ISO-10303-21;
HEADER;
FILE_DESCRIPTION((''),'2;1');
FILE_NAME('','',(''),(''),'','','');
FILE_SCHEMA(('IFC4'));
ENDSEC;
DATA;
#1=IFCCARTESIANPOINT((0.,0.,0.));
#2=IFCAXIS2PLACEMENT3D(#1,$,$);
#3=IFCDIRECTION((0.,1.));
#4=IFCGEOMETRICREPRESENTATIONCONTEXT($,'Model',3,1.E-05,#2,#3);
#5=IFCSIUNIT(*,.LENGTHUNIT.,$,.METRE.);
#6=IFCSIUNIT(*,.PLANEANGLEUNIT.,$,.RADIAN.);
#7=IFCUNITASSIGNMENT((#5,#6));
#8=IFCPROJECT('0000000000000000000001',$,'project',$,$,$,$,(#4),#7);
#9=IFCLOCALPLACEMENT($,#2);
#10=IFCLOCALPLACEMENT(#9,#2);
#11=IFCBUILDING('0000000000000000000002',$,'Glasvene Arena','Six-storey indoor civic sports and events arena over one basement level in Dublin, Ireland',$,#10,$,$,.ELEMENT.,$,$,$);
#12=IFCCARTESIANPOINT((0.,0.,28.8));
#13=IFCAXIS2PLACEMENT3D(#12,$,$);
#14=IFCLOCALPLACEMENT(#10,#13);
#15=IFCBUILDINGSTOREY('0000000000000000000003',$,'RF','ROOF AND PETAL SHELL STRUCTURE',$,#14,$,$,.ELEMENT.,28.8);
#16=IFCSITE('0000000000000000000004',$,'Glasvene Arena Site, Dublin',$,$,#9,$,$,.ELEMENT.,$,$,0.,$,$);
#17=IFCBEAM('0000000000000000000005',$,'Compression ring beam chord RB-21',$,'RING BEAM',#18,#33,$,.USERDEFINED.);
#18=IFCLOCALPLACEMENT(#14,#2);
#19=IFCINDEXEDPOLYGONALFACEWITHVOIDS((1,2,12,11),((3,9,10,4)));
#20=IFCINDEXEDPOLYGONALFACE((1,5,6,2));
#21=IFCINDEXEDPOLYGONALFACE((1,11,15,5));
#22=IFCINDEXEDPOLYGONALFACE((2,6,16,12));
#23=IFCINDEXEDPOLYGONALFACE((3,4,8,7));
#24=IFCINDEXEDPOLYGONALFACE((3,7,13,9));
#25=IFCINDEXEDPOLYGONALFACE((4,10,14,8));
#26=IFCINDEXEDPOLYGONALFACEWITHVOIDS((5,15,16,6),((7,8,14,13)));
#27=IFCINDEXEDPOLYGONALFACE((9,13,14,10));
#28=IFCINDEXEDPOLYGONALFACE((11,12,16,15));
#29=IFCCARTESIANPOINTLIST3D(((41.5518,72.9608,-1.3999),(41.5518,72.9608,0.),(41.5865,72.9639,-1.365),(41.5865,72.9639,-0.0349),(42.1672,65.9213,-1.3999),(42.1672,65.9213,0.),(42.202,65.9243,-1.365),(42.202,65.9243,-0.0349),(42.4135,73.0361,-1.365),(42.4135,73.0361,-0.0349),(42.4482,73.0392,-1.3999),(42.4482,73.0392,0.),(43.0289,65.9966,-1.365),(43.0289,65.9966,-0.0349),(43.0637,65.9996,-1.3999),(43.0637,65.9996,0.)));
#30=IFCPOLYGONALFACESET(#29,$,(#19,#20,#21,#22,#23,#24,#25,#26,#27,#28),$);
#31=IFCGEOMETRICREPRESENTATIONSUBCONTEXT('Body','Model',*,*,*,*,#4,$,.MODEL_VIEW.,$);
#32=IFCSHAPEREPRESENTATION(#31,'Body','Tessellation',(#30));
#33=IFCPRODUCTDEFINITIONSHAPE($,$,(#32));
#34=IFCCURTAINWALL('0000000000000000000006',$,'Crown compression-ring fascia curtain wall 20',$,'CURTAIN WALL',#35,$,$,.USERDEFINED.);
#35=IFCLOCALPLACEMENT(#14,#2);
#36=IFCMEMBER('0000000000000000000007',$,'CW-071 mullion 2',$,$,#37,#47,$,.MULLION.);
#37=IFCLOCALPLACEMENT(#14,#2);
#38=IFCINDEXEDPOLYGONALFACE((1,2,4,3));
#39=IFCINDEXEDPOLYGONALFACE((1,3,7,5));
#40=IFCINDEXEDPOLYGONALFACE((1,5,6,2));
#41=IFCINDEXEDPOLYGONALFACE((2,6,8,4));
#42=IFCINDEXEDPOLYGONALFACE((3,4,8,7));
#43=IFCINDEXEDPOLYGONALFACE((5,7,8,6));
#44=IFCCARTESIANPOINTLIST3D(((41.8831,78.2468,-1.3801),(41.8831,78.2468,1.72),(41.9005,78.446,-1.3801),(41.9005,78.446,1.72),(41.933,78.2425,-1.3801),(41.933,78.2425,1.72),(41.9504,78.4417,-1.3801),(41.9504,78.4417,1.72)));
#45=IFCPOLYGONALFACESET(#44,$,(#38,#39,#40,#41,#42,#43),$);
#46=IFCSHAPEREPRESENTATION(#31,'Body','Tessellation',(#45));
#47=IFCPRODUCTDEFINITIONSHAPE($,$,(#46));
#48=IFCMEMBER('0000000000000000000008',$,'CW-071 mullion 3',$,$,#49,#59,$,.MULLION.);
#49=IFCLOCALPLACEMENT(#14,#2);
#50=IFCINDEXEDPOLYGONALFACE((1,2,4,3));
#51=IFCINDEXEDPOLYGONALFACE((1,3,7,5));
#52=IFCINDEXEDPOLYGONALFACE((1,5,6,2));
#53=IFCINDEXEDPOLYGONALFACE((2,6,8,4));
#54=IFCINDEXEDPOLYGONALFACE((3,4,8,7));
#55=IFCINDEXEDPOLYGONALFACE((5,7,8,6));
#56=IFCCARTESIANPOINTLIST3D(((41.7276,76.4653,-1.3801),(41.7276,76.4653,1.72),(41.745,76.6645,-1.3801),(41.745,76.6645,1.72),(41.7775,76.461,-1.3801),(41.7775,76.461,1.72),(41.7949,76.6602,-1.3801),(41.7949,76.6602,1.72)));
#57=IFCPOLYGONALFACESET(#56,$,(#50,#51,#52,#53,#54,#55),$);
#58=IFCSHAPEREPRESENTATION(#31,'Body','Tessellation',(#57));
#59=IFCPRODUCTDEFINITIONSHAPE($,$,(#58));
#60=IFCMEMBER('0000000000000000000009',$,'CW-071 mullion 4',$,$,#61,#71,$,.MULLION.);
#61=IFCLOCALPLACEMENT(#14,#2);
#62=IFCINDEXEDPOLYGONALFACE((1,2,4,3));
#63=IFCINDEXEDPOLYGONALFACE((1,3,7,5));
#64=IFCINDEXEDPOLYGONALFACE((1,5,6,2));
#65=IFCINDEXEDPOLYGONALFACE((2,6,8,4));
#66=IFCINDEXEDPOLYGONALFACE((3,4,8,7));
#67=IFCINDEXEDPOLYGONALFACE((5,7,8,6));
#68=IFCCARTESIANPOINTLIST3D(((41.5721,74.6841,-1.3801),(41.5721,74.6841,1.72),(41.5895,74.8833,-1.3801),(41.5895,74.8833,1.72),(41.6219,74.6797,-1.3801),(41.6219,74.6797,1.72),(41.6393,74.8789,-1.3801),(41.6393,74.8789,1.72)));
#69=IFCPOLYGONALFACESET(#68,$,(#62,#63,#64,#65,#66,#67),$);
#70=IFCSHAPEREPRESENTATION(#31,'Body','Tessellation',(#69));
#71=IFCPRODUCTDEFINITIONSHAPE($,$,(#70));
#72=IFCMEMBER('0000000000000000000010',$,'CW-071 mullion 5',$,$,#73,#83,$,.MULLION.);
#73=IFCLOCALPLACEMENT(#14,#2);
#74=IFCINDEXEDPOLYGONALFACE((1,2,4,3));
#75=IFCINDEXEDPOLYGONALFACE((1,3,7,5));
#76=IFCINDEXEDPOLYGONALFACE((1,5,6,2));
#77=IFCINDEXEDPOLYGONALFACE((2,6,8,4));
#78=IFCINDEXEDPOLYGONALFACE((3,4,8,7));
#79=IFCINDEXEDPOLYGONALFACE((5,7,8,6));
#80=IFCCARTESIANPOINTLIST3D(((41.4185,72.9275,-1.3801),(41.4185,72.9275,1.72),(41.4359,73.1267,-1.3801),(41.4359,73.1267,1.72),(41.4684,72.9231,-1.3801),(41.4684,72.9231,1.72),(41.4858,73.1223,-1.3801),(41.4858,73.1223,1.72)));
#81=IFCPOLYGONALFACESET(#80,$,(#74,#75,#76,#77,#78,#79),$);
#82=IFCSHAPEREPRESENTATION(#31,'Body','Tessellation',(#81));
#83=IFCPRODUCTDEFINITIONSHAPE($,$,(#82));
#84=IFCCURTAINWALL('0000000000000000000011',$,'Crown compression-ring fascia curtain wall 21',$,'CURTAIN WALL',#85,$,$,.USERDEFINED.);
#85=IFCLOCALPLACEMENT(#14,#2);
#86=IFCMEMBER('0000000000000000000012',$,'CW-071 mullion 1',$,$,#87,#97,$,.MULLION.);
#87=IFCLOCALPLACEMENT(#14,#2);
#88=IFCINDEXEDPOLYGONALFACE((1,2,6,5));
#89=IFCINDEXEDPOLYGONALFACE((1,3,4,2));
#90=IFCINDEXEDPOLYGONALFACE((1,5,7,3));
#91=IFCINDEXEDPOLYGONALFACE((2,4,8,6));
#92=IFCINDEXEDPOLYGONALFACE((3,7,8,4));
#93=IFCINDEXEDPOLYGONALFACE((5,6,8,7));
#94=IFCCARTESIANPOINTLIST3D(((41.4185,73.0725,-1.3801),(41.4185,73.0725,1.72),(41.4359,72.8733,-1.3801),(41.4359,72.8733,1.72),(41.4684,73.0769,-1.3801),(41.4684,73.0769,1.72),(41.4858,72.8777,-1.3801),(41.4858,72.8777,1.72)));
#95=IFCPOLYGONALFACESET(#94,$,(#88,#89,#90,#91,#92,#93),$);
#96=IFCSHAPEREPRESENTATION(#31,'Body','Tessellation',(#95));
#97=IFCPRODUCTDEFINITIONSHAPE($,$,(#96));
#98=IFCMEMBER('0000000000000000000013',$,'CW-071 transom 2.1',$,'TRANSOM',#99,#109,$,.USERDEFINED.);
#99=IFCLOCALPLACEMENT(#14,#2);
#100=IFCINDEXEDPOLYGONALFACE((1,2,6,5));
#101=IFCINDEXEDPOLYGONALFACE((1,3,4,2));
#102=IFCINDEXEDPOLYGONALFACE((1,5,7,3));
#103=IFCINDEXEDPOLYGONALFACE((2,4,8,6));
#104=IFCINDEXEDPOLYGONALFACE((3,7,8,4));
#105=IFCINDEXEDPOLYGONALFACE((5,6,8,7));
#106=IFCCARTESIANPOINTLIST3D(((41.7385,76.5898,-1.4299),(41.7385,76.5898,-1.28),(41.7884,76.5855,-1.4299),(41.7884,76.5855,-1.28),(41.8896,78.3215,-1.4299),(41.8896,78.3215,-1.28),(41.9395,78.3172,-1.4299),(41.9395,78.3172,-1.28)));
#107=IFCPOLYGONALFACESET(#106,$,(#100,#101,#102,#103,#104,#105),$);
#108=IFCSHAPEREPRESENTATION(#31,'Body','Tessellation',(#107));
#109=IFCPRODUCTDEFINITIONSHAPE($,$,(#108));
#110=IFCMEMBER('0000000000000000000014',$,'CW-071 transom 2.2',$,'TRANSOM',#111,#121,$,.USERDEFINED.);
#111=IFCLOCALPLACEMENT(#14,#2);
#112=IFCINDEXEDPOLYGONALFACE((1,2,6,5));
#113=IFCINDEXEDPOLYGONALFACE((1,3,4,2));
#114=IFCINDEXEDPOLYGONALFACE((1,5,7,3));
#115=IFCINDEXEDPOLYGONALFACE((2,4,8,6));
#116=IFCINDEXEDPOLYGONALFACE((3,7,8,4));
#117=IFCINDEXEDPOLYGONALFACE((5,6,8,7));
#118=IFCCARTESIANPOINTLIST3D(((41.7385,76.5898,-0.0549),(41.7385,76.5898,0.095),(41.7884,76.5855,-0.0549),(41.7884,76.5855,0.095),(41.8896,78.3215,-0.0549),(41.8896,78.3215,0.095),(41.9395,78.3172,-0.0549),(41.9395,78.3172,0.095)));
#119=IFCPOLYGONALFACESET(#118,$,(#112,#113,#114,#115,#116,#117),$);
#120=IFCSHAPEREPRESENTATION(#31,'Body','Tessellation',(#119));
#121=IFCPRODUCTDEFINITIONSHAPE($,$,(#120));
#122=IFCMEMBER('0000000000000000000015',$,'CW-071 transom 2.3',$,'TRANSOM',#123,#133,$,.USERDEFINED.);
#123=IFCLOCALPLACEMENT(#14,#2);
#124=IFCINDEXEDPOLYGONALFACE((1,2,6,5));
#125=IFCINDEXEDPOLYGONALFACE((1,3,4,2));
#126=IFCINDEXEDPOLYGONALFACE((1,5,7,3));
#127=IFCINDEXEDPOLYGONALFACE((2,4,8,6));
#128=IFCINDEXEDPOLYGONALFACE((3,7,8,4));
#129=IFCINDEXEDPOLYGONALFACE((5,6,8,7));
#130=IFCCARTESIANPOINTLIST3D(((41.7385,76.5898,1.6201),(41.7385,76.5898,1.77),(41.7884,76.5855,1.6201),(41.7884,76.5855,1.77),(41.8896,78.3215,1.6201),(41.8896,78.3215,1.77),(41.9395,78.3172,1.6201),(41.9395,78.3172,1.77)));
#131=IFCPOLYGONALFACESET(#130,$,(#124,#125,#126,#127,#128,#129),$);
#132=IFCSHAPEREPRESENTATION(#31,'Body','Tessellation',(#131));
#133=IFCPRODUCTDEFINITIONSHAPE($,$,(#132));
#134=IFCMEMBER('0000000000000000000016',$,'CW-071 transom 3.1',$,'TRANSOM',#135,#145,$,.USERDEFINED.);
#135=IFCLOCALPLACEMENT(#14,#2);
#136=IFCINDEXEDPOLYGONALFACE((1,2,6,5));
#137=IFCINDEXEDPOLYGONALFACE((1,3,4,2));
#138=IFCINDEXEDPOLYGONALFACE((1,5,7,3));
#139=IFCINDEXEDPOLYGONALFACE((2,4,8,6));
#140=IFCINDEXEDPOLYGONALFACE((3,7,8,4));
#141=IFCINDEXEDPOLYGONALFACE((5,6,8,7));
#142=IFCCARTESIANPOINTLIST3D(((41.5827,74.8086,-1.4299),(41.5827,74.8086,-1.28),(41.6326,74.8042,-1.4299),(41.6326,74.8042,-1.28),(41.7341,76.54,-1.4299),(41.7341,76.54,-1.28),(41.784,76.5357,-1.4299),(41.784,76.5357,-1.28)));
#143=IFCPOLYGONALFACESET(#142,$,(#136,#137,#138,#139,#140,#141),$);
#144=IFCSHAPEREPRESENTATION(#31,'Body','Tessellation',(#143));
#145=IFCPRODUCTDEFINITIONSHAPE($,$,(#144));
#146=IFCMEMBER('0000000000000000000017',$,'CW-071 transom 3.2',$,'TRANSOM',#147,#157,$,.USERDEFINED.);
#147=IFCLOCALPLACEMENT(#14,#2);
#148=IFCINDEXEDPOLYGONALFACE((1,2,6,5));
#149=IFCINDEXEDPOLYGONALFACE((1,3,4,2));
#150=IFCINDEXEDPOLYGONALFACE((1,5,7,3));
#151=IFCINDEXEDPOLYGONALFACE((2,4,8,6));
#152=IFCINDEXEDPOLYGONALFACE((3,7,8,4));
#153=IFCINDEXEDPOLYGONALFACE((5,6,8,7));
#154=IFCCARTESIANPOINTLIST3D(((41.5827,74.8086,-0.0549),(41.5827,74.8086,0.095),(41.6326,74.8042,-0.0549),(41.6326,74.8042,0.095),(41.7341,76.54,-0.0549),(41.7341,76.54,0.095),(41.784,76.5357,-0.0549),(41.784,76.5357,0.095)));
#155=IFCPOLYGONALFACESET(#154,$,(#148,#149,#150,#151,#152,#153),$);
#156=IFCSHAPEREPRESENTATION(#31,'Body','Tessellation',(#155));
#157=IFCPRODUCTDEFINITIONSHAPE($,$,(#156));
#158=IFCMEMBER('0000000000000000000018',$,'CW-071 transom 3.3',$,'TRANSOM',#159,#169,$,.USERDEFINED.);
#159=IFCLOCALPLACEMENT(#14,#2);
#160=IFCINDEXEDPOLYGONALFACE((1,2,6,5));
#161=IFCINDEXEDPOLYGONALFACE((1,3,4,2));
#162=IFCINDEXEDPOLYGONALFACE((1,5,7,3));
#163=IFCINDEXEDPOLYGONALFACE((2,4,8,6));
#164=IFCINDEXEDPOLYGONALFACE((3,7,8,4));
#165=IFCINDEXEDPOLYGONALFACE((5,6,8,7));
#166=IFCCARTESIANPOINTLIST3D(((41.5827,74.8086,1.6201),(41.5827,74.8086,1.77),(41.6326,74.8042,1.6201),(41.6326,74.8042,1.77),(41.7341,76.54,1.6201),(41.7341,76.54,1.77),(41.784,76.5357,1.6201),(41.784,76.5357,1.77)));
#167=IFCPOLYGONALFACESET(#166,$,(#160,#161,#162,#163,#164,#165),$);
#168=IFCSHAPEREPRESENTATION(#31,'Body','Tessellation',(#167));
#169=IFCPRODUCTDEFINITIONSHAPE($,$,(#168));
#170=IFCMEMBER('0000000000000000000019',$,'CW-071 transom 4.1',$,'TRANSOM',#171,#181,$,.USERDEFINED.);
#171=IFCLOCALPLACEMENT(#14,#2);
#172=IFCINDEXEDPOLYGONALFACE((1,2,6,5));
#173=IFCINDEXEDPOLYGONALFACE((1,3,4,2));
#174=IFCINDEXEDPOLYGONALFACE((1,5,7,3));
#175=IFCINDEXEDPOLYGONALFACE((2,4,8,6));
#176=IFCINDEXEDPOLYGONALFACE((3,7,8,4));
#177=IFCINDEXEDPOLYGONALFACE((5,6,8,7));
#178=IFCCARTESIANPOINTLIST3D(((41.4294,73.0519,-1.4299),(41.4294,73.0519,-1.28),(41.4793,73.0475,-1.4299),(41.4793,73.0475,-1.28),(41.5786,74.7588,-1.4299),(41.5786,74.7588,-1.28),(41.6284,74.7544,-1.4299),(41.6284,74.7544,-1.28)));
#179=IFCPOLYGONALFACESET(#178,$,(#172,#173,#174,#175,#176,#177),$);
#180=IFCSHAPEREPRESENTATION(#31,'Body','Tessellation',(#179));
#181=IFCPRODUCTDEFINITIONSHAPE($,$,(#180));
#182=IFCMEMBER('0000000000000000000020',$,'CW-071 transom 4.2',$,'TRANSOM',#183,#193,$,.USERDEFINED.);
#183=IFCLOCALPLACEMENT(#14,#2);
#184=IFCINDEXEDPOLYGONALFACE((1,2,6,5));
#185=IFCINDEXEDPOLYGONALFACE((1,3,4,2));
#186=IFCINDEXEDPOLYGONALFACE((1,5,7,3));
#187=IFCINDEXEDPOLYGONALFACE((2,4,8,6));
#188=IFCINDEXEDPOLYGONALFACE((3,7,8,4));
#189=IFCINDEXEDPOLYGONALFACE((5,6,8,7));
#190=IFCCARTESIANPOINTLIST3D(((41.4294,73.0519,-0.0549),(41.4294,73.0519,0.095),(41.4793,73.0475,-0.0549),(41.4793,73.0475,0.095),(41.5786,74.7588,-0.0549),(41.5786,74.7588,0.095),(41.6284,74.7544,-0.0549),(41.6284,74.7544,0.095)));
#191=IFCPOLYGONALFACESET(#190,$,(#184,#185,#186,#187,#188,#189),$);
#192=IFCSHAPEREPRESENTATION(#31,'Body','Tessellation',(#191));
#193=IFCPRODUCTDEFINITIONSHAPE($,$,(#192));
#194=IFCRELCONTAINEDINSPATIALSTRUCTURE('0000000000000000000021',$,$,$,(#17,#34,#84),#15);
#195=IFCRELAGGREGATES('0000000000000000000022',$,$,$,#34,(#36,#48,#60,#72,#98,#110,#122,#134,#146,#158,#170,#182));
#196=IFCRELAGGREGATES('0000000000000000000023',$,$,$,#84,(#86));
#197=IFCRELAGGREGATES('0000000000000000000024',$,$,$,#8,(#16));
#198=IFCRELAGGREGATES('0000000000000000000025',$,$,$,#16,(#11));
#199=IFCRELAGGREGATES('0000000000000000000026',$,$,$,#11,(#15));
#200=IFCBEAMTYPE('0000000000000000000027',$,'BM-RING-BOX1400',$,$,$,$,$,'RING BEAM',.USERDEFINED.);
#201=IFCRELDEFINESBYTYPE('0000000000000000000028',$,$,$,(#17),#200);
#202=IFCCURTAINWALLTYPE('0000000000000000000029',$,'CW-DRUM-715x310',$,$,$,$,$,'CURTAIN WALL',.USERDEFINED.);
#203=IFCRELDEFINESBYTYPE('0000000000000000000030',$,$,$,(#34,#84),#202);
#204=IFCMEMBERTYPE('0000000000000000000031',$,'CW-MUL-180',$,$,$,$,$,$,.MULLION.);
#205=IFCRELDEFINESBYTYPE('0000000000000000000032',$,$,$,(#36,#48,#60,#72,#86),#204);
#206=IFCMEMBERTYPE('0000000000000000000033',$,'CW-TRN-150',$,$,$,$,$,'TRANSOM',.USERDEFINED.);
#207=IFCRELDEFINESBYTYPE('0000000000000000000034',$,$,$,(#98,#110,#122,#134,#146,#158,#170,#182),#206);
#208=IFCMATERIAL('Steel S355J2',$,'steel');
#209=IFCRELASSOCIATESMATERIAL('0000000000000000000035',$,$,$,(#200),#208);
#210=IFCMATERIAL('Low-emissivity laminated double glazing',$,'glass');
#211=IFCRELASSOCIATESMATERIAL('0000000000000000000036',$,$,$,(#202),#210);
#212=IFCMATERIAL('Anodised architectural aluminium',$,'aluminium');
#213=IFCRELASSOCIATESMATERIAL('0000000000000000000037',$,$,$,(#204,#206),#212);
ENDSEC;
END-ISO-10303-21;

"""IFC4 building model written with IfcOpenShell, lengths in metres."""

from ifc_helpers import new_model, si_unit, direction, frame, origin, origin_2d, place, context, subcontext, project, spatial, rectangle, hollow_rectangle, extrude, material, material_profile, profile_set, type_object, element, aggregate, save


model = new_model("IFC4")

# Units and contexts
model_context = context("Model", 3, precision=1e-05, world=origin(), true_north=direction((0.0, 1.0)))
body_context = subcontext(model_context, "Body", "Model", "MODEL_VIEW")
ifc_project = project(units=[si_unit("LENGTHUNIT", "METRE"), si_unit("PLANEANGLEUNIT", "RADIAN")], contexts=[model_context])

# Site, building, storey
site_placement = place(None, origin())
site = spatial("IfcSite", under=ifc_project, at=site_placement, Name="Glasvene Arena Site, Dublin", CompositionType="ELEMENT", RefElevation=0.0)
building_placement = place(site_placement, origin())
building = spatial("IfcBuilding", under=site, at=building_placement, Name="Glasvene Arena", Description="Six-storey indoor civic sports and events arena over one basement level in Dublin, Ireland", CompositionType="ELEMENT")
storey_placement = place(building_placement, frame((0.0, 0.0, 28.8)))
storey = spatial("IfcBuildingStorey", under=building, at=storey_placement, Name="RF", Description="ROOF AND PETAL SHELL STRUCTURE", CompositionType="ELEMENT", Elevation=28.8)

# Beam
ifc_material_1 = material(Name="Steel S355J2", Category="steel")
ifc_material_profile_1 = material_profile(ifc_material_1, hollow_rectangle(XDim=0.8999, YDim=1.3999, WallThickness=0.0349, at=origin_2d()), Name="WBOX 900x1400x35")
ifc_profile_set_1 = profile_set([ifc_material_profile_1], Name="Steel S355J2")
beam_type = type_object("IfcBeamType", Name="BM-RING-BOX1400", ElementType="RING BEAM", PredefinedType="USERDEFINED", material=ifc_profile_set_1)
beam_placement = place(storey_placement, frame((42.0, 73.0, -0.7), z_axis=(0.087099, -0.9962, 0.0), x_axis=(0.9962, 0.087099, 0.0)))
element("IfcBeam", 1, at=beam_placement, inside=storey, type_object=beam_type, Name="Compression ring beam chord RB-21", ObjectType="RING BEAM", PredefinedType="USERDEFINED", context=body_context, shape_type="SweptSolid", body=[
    extrude(hollow_rectangle(XDim=0.8999, YDim=1.3999, WallThickness=0.0349, at=origin_2d()), origin(), (0.0, 0.0, 1.0), 7.0664),
])

# Curtain wall, members
ifc_material_2 = material(Name="Low-emissivity laminated double glazing", Category="glass")
curtain_wall_type = type_object("IfcCurtainWallType", Name="CW-DRUM-715x310", ElementType="CURTAIN WALL", PredefinedType="USERDEFINED", material=ifc_material_2)
curtain_wall_1_placement = place(storey_placement, frame((42.0725, 80.1255, 0.0)))
curtain_wall_1 = element("IfcCurtainWall", 2, at=curtain_wall_1_placement, inside=storey, type_object=curtain_wall_type, Name="Crown compression-ring fascia curtain wall 20", ObjectType="CURTAIN WALL", PredefinedType="USERDEFINED")
ifc_material_3 = material(Name="Anodised architectural aluminium", Category="aluminium")
ifc_material_profile_2 = material_profile(ifc_material_3, rectangle(XDim=0.05, YDim=0.2, at=origin_2d()), Name="ALU MULLION 50x200")
ifc_profile_set_2 = profile_set([ifc_material_profile_2], Name="Anodised architectural aluminium")
member_type_1 = type_object("IfcMemberType", Name="CW-MUL-180", PredefinedType="MULLION", material=ifc_profile_set_2)
member_1_placement = place(storey_placement, frame((41.9167, 78.3442, -1.3801), z_axis=(0.0, 0.0, 1.0), x_axis=(0.996207, -0.087016, 0.0)))
member_1 = element("IfcMember", 3, at=member_1_placement, type_object=member_type_1, Name="CW-071 mullion 2", PredefinedType="MULLION", context=body_context, shape_type="SweptSolid", body=[
    extrude(rectangle(XDim=0.05, YDim=0.2, at=origin_2d()), origin(), (0.0, 0.0, 1.0), 3.1001),
])
member_2_placement = place(storey_placement, frame((41.7612, 76.5627, -1.3801), z_axis=(0.0, 0.0, 1.0), x_axis=(0.996207, -0.087016, 0.0)))
member_2 = element("IfcMember", 4, at=member_2_placement, type_object=member_type_1, Name="CW-071 mullion 3", PredefinedType="MULLION", context=body_context, shape_type="SweptSolid", body=[
    extrude(rectangle(XDim=0.05, YDim=0.2, at=origin_2d()), origin(), (0.0, 0.0, 1.0), 3.1001),
])
member_3_placement = place(storey_placement, frame((41.6057, 74.7815, -1.3801), z_axis=(0.0, 0.0, 1.0), x_axis=(0.996207, -0.087016, 0.0)))
member_3 = element("IfcMember", 5, at=member_3_placement, type_object=member_type_1, Name="CW-071 mullion 4", PredefinedType="MULLION", context=body_context, shape_type="SweptSolid", body=[
    extrude(rectangle(XDim=0.05, YDim=0.2, at=origin_2d()), origin(), (0.0, 0.0, 1.0), 3.1001),
])
member_4_placement = place(storey_placement, frame((41.4521, 73.0249, -1.3801), z_axis=(0.0, 0.0, 1.0), x_axis=(0.996207, -0.087016, 0.0)))
member_4 = element("IfcMember", 6, at=member_4_placement, type_object=member_type_1, Name="CW-071 mullion 5", PredefinedType="MULLION", context=body_context, shape_type="SweptSolid", body=[
    extrude(rectangle(XDim=0.05, YDim=0.2, at=origin_2d()), origin(), (0.0, 0.0, 1.0), 3.1001),
])

# Curtain wall, member
curtain_wall_2_placement = place(storey_placement, frame((41.45, 73.0, 0.0)))
curtain_wall_2 = element("IfcCurtainWall", 7, at=curtain_wall_2_placement, inside=storey, type_object=curtain_wall_type, Name="Crown compression-ring fascia curtain wall 21", ObjectType="CURTAIN WALL", PredefinedType="USERDEFINED")
member_5_placement = place(storey_placement, frame((41.4521, 72.9751, -1.3801), z_axis=(0.0, 0.0, 1.0), x_axis=(0.996207, 0.087016, 0.0)))
member_5 = element("IfcMember", 8, at=member_5_placement, type_object=member_type_1, Name="CW-071 mullion 1", PredefinedType="MULLION", context=body_context, shape_type="SweptSolid", body=[
    extrude(rectangle(XDim=0.05, YDim=0.2, at=origin_2d()), origin(), (0.0, 0.0, 1.0), 3.1001),
])

# Members
ifc_material_profile_3 = material_profile(ifc_material_3, rectangle(XDim=0.05, YDim=0.1499, at=origin_2d()), Name="ALU TRANSOM 50x150")
ifc_profile_set_3 = profile_set([ifc_material_profile_3], Name="Anodised architectural aluminium")
member_type_2 = type_object("IfcMemberType", Name="CW-TRN-150", ElementType="TRANSOM", PredefinedType="USERDEFINED", material=ifc_profile_set_3)
member_6_placement = place(storey_placement, frame((41.9146, 78.3193, -1.355), z_axis=(-0.086939, -0.996214, 0.0), x_axis=(0.996214, -0.086939, 0.0)))
member_6 = element("IfcMember", 9, at=member_6_placement, type_object=member_type_2, Name="CW-071 transom 2.1", ObjectType="TRANSOM", PredefinedType="USERDEFINED", context=body_context, shape_type="SweptSolid", body=[
    extrude(rectangle(XDim=0.05, YDim=0.1499, at=origin_2d()), origin(), (0.0, 0.0, 1.0), 1.7383),
])
member_7_placement = place(storey_placement, frame((41.9146, 78.3193, 0.02), z_axis=(-0.086939, -0.996214, 0.0), x_axis=(0.996214, -0.086939, 0.0)))
member_7 = element("IfcMember", 10, at=member_7_placement, type_object=member_type_2, Name="CW-071 transom 2.2", ObjectType="TRANSOM", PredefinedType="USERDEFINED", context=body_context, shape_type="SweptSolid", body=[
    extrude(rectangle(XDim=0.05, YDim=0.1499, at=origin_2d()), origin(), (0.0, 0.0, 1.0), 1.7383),
])
member_8_placement = place(storey_placement, frame((41.9146, 78.3193, 1.6951), z_axis=(-0.086939, -0.996214, 0.0), x_axis=(0.996214, -0.086939, 0.0)))
member_8 = element("IfcMember", 11, at=member_8_placement, type_object=member_type_2, Name="CW-071 transom 2.3", ObjectType="TRANSOM", PredefinedType="USERDEFINED", context=body_context, shape_type="SweptSolid", body=[
    extrude(rectangle(XDim=0.05, YDim=0.1499, at=origin_2d()), origin(), (0.0, 0.0, 1.0), 1.7383),
])
member_9_placement = place(storey_placement, frame((41.759, 76.5378, -1.355), z_axis=(-0.08709, -0.9962, 0.0), x_axis=(0.9962, -0.08709, 0.0)))
member_9 = element("IfcMember", 12, at=member_9_placement, type_object=member_type_2, Name="CW-071 transom 3.1", ObjectType="TRANSOM", PredefinedType="USERDEFINED", context=body_context, shape_type="SweptSolid", body=[
    extrude(rectangle(XDim=0.05, YDim=0.1499, at=origin_2d()), origin(), (0.0, 0.0, 1.0), 1.738),
])
member_10_placement = place(storey_placement, frame((41.759, 76.5378, 0.02), z_axis=(-0.08709, -0.9962, 0.0), x_axis=(0.9962, -0.08709, 0.0)))
member_10 = element("IfcMember", 13, at=member_10_placement, type_object=member_type_2, Name="CW-071 transom 3.2", ObjectType="TRANSOM", PredefinedType="USERDEFINED", context=body_context, shape_type="SweptSolid", body=[
    extrude(rectangle(XDim=0.05, YDim=0.1499, at=origin_2d()), origin(), (0.0, 0.0, 1.0), 1.738),
])
member_11_placement = place(storey_placement, frame((41.759, 76.5378, 1.6951), z_axis=(-0.08709, -0.9962, 0.0), x_axis=(0.9962, -0.08709, 0.0)))
member_11 = element("IfcMember", 14, at=member_11_placement, type_object=member_type_2, Name="CW-071 transom 3.3", ObjectType="TRANSOM", PredefinedType="USERDEFINED", context=body_context, shape_type="SweptSolid", body=[
    extrude(rectangle(XDim=0.05, YDim=0.1499, at=origin_2d()), origin(), (0.0, 0.0, 1.0), 1.738),
])
member_12_placement = place(storey_placement, frame((41.6035, 74.7566, -1.355), z_axis=(-0.087066, -0.996203, 0.0), x_axis=(0.996203, -0.087066, 0.0)))
member_12 = element("IfcMember", 15, at=member_12_placement, type_object=member_type_2, Name="CW-071 transom 4.1", ObjectType="TRANSOM", PredefinedType="USERDEFINED", context=body_context, shape_type="SweptSolid", body=[
    extrude(rectangle(XDim=0.05, YDim=0.1499, at=origin_2d()), origin(), (0.0, 0.0, 1.0), 1.7134),
])
member_13_placement = place(storey_placement, frame((41.6035, 74.7566, 0.02), z_axis=(-0.087066, -0.996203, 0.0), x_axis=(0.996203, -0.087066, 0.0)))
member_13 = element("IfcMember", 16, at=member_13_placement, type_object=member_type_2, Name="CW-071 transom 4.2", ObjectType="TRANSOM", PredefinedType="USERDEFINED", context=body_context, shape_type="SweptSolid", body=[
    extrude(rectangle(XDim=0.05, YDim=0.1499, at=origin_2d()), origin(), (0.0, 0.0, 1.0), 1.7134),
])

aggregate(curtain_wall_1, [member_1, member_2, member_3, member_4, member_6, member_7, member_8, member_9, member_10, member_11, member_12, member_13])
aggregate(curtain_wall_2, [member_5])

save(model, "model.ifc")
